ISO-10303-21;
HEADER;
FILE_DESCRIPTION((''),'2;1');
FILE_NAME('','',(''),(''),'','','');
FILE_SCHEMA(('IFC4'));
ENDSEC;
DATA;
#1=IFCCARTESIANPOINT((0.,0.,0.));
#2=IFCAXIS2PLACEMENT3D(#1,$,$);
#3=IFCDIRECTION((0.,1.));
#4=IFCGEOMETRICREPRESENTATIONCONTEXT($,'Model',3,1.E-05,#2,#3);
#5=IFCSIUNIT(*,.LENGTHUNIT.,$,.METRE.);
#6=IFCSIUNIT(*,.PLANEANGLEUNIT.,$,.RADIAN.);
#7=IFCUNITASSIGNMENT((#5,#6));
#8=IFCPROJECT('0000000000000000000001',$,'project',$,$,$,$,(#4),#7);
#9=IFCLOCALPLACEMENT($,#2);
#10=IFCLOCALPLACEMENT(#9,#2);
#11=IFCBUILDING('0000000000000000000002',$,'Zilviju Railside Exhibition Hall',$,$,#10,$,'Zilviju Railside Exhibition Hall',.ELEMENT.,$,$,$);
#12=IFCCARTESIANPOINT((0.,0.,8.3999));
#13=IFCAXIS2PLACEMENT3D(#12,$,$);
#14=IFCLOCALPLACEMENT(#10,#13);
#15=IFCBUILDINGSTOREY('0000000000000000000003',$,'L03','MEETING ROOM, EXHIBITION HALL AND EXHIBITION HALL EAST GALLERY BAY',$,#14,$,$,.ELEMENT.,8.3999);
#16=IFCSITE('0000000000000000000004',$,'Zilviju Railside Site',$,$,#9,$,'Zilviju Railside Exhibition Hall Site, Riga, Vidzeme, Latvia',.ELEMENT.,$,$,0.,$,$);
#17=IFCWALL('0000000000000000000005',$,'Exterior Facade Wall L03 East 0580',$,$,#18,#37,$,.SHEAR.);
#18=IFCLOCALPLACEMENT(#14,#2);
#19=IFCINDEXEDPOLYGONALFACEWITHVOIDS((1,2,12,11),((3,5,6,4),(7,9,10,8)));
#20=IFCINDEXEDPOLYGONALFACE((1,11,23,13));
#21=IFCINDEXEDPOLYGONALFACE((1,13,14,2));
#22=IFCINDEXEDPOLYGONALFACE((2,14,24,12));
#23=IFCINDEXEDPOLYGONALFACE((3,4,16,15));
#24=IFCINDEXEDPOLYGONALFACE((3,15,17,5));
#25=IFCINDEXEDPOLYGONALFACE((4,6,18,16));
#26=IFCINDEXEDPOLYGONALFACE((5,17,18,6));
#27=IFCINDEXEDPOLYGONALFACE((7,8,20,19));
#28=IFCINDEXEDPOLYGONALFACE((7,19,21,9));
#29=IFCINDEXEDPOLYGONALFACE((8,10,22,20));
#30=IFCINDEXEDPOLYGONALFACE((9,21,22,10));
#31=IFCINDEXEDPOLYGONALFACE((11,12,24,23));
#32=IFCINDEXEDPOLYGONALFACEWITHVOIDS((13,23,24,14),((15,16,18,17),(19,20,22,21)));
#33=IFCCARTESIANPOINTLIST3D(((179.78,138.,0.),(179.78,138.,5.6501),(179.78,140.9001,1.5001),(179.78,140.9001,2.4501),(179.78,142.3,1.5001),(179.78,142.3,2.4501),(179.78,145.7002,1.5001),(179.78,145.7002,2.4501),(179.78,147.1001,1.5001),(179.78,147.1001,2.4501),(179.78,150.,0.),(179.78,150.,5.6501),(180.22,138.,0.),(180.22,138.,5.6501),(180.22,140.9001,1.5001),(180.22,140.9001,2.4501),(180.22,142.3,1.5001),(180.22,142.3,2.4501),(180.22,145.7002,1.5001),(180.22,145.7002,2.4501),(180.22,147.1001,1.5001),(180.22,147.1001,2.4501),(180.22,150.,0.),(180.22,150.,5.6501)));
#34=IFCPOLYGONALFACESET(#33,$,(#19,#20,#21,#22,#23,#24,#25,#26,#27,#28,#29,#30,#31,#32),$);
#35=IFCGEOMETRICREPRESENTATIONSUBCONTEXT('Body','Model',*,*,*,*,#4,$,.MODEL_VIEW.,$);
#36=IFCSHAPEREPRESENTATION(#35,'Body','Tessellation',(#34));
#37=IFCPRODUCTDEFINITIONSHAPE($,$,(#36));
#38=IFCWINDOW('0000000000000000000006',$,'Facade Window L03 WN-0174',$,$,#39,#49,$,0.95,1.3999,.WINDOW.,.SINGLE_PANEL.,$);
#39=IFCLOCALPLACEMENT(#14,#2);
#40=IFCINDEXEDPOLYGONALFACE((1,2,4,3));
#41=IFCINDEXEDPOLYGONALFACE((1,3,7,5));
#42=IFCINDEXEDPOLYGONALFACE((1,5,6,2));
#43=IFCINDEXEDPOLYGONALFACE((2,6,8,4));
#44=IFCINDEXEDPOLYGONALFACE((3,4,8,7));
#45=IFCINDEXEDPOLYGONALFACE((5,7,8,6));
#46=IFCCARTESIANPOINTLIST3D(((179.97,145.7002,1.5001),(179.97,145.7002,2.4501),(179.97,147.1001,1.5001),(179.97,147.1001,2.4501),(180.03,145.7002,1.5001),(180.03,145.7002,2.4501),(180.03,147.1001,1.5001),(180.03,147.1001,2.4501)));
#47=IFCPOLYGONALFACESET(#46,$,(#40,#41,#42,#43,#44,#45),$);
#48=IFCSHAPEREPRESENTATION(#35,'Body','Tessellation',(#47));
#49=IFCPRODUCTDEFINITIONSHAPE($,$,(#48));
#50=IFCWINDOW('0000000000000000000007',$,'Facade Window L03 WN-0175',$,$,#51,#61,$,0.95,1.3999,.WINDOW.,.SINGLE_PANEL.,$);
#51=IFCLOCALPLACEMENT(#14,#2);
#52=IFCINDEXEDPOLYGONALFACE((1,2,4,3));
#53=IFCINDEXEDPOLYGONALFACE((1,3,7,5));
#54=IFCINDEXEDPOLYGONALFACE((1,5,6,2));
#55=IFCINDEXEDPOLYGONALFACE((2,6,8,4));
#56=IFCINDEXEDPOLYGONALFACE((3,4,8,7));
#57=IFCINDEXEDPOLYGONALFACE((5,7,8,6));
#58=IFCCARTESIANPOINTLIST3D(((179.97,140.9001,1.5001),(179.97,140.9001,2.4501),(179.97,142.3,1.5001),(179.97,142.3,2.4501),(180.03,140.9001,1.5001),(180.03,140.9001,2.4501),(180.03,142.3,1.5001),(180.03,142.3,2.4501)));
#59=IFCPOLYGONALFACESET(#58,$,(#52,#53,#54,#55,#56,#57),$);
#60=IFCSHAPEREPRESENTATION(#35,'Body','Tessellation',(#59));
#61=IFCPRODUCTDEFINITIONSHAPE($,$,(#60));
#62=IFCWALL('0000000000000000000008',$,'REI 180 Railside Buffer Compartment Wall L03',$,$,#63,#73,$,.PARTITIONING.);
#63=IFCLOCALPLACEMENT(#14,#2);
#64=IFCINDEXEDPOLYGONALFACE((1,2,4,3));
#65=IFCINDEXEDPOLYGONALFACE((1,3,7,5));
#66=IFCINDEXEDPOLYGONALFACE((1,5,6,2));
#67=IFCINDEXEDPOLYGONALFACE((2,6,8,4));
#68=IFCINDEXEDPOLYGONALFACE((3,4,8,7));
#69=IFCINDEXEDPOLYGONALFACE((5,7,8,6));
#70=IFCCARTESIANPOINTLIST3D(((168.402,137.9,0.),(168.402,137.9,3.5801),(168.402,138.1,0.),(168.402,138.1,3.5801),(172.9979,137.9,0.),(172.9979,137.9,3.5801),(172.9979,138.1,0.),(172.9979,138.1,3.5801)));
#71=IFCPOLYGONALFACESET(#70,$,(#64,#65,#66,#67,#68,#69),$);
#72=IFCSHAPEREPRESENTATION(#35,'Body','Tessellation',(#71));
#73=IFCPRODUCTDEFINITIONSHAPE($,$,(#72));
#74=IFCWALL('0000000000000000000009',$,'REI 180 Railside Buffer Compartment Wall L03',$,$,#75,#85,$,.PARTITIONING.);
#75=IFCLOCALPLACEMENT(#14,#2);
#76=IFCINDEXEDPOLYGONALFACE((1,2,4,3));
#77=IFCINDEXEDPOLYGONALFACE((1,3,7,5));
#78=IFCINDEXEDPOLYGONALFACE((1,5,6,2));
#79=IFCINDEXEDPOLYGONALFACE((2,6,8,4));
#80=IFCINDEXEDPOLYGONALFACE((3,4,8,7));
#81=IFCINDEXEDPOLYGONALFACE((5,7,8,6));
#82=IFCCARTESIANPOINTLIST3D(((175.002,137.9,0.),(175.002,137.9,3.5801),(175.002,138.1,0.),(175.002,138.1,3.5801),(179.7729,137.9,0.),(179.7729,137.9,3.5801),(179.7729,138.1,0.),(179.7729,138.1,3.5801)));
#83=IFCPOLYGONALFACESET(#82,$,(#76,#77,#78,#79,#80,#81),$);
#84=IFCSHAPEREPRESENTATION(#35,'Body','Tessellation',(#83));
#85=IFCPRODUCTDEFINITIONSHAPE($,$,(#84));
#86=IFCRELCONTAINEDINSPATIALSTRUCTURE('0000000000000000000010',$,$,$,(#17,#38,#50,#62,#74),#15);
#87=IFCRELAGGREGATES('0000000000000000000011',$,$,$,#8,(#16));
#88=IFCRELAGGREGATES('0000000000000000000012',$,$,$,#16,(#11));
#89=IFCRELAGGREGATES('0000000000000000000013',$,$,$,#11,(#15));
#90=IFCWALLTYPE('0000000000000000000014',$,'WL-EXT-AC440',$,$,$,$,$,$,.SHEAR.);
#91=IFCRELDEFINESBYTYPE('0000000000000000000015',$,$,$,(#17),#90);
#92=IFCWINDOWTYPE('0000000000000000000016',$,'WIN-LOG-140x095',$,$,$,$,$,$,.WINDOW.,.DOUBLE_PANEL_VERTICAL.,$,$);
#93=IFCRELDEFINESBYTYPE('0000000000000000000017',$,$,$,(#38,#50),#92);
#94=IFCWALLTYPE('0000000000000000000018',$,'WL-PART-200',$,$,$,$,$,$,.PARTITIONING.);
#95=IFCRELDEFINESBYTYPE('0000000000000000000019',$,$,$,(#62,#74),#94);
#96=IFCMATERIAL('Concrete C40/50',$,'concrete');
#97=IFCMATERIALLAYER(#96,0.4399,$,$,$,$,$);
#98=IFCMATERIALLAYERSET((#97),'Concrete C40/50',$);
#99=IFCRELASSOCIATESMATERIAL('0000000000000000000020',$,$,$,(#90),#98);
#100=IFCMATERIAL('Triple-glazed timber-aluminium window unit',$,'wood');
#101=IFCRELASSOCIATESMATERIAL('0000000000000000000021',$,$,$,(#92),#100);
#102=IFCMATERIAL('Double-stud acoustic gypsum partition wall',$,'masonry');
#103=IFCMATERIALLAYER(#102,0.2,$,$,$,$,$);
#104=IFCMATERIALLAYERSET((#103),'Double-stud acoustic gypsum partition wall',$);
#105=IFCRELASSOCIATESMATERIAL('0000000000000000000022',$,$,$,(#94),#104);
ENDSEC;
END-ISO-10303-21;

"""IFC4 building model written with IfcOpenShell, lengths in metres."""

from ifc_helpers import new_model, si_unit, direction, frame, frame_2d, origin, place, context, subcontext, project, spatial, rectangle, extrude, material, layer, layer_set, type_object, element, fill, save


model = new_model("IFC4")

# Units and contexts
model_context = context("Model", 3, precision=1e-05, world=origin(), true_north=direction((0.0, 1.0)))
body_context = subcontext(model_context, "Body", "Model", "MODEL_VIEW")
ifc_project = project(units=[si_unit("LENGTHUNIT", "METRE"), si_unit("PLANEANGLEUNIT", "RADIAN")], contexts=[model_context])

# Site, building, storey
site_placement = place(None, origin())
site = spatial("IfcSite", under=ifc_project, at=site_placement, Name="Zilviju Railside Site", LongName="Zilviju Railside Exhibition Hall Site, Riga, Vidzeme, Latvia", CompositionType="ELEMENT", RefElevation=0.0)
building_placement = place(site_placement, origin())
building = spatial("IfcBuilding", under=site, at=building_placement, Name="Zilviju Railside Exhibition Hall", LongName="Zilviju Railside Exhibition Hall", CompositionType="ELEMENT")
storey_placement = place(building_placement, frame((0.0, 0.0, 8.3999)))
storey = spatial("IfcBuildingStorey", under=building, at=storey_placement, Name="L03", Description="MEETING ROOM, EXHIBITION HALL AND EXHIBITION HALL EAST GALLERY BAY", CompositionType="ELEMENT", Elevation=8.3999)

# Shared definitions
ifc_material_1 = material(Name="Concrete C40/50", Category="concrete")

# Shared definitions
ifc_layer_1 = layer(ifc_material_1, 0.4399)
ifc_layer_set_1 = layer_set([ifc_layer_1], Name="Concrete C40/50")
wall_type_1 = type_object("IfcWallType", Name="WL-EXT-AC440", PredefinedType="SHEAR", material=ifc_layer_set_1)
ifc_material_2 = material(Name="Triple-glazed timber-aluminium window unit", Category="wood")

# Wall, openings, windows
wall_1_placement = place(storey_placement, frame((180.0, 150.0, 0.0), z_axis=(0.0, 0.0, 1.0), x_axis=(0.0, -1.0, 0.0)))
wall_1 = element("IfcWall", 1, at=wall_1_placement, inside=storey, type_object=wall_type_1, Name="Exterior Facade Wall L03 East 0580", PredefinedType="SHEAR", context=body_context, shape_type="SweptSolid", body=[
    extrude(rectangle(XDim=12.0, YDim=0.4399, at=frame_2d((6.0, 0.0))), origin(), (0.0, 0.0, 1.0), 5.6501),
])
opening_1_placement = place(wall_1_placement, frame((2.8999, 0.0, 1.5)))
opening_1 = element("IfcOpeningElement", 2, at=opening_1_placement, cuts=wall_1, PredefinedType="OPENING", context=body_context, shape_type="SweptSolid", body=[
    extrude(rectangle(XDim=1.3999, YDim=0.95, at=frame_2d((0.7, 0.4751))), frame((0.0, 0.23, 0.0), z_axis=(0.0, -1.0, 0.0), x_axis=(1.0, 0.0, 0.0)), (0.0, 0.0, 1.0), 0.46),
])
opening_2_placement = place(wall_1_placement, frame((7.7, 0.0, 1.5)))
opening_2 = element("IfcOpeningElement", 3, at=opening_2_placement, cuts=wall_1, PredefinedType="OPENING", context=body_context, shape_type="SweptSolid", body=[
    extrude(rectangle(XDim=1.3999, YDim=0.95, at=frame_2d((0.7, 0.4751))), frame((0.0, 0.23, 0.0), z_axis=(0.0, -1.0, 0.0), x_axis=(1.0, 0.0, 0.0)), (0.0, 0.0, 1.0), 0.46),
])
window_type_1 = type_object("IfcWindowType", Name="WIN-LOG-140x095", PartitioningType="DOUBLE_PANEL_VERTICAL", PredefinedType="WINDOW", material=ifc_material_2)
window_1_placement = place(opening_1_placement, origin())
window_1 = element("IfcWindow", 4, at=window_1_placement, inside=storey, type_object=window_type_1, Name="Facade Window L03 WN-0174", OverallHeight=0.95, OverallWidth=1.3999, PartitioningType="SINGLE_PANEL", PredefinedType="WINDOW", context=body_context, shape_type="SweptSolid", body=[
    extrude(rectangle(XDim=1.3999, YDim=0.95, at=frame_2d((0.7, 0.4751))), frame((0.0, 0.03, 0.0), z_axis=(0.0, -1.0, 0.0), x_axis=(1.0, 0.0, 0.0)), (0.0, 0.0, 1.0), 0.0601),
])
fill(opening_1, window_1)
window_2_placement = place(opening_2_placement, origin())
window_2 = element("IfcWindow", 5, at=window_2_placement, inside=storey, type_object=window_type_1, Name="Facade Window L03 WN-0175", OverallHeight=0.95, OverallWidth=1.3999, PartitioningType="SINGLE_PANEL", PredefinedType="WINDOW", context=body_context, shape_type="SweptSolid", body=[
    extrude(rectangle(XDim=1.3999, YDim=0.95, at=frame_2d((0.7, 0.4751))), frame((0.0, 0.03, 0.0), z_axis=(0.0, -1.0, 0.0), x_axis=(1.0, 0.0, 0.0)), (0.0, 0.0, 1.0), 0.0601),
])
fill(opening_2, window_2)

# Walls
ifc_material_3 = material(Name="Double-stud acoustic gypsum partition wall", Category="masonry")
ifc_layer_2 = layer(ifc_material_3, 0.2)
ifc_layer_set_2 = layer_set([ifc_layer_2], Name="Double-stud acoustic gypsum partition wall")
wall_type_2 = type_object("IfcWallType", Name="WL-PART-200", PredefinedType="PARTITIONING", material=ifc_layer_set_2)
wall_2_placement = place(storey_placement, frame((168.4021, 138.0, 0.0), z_axis=(0.0, 0.0, 1.0), x_axis=(1.0, 0.0, 0.0)))
element("IfcWall", 6, at=wall_2_placement, inside=storey, type_object=wall_type_2, Name="REI 180 Railside Buffer Compartment Wall L03", PredefinedType="PARTITIONING", context=body_context, shape_type="SweptSolid", body=[
    extrude(rectangle(XDim=4.5959, YDim=0.2, at=frame_2d((2.2979, 0.0))), origin(), (0.0, 0.0, 1.0), 3.5801),
])
wall_3_placement = place(storey_placement, frame((175.002, 138.0, 0.0), z_axis=(0.0, 0.0, 1.0), x_axis=(1.0, 0.0, 0.0)))
element("IfcWall", 7, at=wall_3_placement, inside=storey, type_object=wall_type_2, Name="REI 180 Railside Buffer Compartment Wall L03", PredefinedType="PARTITIONING", context=body_context, shape_type="SweptSolid", body=[
    extrude(rectangle(XDim=4.771, YDim=0.2, at=frame_2d((2.3855, 0.0))), origin(), (0.0, 0.0, 1.0), 3.5801),
])

save(model, "model.ifc")
